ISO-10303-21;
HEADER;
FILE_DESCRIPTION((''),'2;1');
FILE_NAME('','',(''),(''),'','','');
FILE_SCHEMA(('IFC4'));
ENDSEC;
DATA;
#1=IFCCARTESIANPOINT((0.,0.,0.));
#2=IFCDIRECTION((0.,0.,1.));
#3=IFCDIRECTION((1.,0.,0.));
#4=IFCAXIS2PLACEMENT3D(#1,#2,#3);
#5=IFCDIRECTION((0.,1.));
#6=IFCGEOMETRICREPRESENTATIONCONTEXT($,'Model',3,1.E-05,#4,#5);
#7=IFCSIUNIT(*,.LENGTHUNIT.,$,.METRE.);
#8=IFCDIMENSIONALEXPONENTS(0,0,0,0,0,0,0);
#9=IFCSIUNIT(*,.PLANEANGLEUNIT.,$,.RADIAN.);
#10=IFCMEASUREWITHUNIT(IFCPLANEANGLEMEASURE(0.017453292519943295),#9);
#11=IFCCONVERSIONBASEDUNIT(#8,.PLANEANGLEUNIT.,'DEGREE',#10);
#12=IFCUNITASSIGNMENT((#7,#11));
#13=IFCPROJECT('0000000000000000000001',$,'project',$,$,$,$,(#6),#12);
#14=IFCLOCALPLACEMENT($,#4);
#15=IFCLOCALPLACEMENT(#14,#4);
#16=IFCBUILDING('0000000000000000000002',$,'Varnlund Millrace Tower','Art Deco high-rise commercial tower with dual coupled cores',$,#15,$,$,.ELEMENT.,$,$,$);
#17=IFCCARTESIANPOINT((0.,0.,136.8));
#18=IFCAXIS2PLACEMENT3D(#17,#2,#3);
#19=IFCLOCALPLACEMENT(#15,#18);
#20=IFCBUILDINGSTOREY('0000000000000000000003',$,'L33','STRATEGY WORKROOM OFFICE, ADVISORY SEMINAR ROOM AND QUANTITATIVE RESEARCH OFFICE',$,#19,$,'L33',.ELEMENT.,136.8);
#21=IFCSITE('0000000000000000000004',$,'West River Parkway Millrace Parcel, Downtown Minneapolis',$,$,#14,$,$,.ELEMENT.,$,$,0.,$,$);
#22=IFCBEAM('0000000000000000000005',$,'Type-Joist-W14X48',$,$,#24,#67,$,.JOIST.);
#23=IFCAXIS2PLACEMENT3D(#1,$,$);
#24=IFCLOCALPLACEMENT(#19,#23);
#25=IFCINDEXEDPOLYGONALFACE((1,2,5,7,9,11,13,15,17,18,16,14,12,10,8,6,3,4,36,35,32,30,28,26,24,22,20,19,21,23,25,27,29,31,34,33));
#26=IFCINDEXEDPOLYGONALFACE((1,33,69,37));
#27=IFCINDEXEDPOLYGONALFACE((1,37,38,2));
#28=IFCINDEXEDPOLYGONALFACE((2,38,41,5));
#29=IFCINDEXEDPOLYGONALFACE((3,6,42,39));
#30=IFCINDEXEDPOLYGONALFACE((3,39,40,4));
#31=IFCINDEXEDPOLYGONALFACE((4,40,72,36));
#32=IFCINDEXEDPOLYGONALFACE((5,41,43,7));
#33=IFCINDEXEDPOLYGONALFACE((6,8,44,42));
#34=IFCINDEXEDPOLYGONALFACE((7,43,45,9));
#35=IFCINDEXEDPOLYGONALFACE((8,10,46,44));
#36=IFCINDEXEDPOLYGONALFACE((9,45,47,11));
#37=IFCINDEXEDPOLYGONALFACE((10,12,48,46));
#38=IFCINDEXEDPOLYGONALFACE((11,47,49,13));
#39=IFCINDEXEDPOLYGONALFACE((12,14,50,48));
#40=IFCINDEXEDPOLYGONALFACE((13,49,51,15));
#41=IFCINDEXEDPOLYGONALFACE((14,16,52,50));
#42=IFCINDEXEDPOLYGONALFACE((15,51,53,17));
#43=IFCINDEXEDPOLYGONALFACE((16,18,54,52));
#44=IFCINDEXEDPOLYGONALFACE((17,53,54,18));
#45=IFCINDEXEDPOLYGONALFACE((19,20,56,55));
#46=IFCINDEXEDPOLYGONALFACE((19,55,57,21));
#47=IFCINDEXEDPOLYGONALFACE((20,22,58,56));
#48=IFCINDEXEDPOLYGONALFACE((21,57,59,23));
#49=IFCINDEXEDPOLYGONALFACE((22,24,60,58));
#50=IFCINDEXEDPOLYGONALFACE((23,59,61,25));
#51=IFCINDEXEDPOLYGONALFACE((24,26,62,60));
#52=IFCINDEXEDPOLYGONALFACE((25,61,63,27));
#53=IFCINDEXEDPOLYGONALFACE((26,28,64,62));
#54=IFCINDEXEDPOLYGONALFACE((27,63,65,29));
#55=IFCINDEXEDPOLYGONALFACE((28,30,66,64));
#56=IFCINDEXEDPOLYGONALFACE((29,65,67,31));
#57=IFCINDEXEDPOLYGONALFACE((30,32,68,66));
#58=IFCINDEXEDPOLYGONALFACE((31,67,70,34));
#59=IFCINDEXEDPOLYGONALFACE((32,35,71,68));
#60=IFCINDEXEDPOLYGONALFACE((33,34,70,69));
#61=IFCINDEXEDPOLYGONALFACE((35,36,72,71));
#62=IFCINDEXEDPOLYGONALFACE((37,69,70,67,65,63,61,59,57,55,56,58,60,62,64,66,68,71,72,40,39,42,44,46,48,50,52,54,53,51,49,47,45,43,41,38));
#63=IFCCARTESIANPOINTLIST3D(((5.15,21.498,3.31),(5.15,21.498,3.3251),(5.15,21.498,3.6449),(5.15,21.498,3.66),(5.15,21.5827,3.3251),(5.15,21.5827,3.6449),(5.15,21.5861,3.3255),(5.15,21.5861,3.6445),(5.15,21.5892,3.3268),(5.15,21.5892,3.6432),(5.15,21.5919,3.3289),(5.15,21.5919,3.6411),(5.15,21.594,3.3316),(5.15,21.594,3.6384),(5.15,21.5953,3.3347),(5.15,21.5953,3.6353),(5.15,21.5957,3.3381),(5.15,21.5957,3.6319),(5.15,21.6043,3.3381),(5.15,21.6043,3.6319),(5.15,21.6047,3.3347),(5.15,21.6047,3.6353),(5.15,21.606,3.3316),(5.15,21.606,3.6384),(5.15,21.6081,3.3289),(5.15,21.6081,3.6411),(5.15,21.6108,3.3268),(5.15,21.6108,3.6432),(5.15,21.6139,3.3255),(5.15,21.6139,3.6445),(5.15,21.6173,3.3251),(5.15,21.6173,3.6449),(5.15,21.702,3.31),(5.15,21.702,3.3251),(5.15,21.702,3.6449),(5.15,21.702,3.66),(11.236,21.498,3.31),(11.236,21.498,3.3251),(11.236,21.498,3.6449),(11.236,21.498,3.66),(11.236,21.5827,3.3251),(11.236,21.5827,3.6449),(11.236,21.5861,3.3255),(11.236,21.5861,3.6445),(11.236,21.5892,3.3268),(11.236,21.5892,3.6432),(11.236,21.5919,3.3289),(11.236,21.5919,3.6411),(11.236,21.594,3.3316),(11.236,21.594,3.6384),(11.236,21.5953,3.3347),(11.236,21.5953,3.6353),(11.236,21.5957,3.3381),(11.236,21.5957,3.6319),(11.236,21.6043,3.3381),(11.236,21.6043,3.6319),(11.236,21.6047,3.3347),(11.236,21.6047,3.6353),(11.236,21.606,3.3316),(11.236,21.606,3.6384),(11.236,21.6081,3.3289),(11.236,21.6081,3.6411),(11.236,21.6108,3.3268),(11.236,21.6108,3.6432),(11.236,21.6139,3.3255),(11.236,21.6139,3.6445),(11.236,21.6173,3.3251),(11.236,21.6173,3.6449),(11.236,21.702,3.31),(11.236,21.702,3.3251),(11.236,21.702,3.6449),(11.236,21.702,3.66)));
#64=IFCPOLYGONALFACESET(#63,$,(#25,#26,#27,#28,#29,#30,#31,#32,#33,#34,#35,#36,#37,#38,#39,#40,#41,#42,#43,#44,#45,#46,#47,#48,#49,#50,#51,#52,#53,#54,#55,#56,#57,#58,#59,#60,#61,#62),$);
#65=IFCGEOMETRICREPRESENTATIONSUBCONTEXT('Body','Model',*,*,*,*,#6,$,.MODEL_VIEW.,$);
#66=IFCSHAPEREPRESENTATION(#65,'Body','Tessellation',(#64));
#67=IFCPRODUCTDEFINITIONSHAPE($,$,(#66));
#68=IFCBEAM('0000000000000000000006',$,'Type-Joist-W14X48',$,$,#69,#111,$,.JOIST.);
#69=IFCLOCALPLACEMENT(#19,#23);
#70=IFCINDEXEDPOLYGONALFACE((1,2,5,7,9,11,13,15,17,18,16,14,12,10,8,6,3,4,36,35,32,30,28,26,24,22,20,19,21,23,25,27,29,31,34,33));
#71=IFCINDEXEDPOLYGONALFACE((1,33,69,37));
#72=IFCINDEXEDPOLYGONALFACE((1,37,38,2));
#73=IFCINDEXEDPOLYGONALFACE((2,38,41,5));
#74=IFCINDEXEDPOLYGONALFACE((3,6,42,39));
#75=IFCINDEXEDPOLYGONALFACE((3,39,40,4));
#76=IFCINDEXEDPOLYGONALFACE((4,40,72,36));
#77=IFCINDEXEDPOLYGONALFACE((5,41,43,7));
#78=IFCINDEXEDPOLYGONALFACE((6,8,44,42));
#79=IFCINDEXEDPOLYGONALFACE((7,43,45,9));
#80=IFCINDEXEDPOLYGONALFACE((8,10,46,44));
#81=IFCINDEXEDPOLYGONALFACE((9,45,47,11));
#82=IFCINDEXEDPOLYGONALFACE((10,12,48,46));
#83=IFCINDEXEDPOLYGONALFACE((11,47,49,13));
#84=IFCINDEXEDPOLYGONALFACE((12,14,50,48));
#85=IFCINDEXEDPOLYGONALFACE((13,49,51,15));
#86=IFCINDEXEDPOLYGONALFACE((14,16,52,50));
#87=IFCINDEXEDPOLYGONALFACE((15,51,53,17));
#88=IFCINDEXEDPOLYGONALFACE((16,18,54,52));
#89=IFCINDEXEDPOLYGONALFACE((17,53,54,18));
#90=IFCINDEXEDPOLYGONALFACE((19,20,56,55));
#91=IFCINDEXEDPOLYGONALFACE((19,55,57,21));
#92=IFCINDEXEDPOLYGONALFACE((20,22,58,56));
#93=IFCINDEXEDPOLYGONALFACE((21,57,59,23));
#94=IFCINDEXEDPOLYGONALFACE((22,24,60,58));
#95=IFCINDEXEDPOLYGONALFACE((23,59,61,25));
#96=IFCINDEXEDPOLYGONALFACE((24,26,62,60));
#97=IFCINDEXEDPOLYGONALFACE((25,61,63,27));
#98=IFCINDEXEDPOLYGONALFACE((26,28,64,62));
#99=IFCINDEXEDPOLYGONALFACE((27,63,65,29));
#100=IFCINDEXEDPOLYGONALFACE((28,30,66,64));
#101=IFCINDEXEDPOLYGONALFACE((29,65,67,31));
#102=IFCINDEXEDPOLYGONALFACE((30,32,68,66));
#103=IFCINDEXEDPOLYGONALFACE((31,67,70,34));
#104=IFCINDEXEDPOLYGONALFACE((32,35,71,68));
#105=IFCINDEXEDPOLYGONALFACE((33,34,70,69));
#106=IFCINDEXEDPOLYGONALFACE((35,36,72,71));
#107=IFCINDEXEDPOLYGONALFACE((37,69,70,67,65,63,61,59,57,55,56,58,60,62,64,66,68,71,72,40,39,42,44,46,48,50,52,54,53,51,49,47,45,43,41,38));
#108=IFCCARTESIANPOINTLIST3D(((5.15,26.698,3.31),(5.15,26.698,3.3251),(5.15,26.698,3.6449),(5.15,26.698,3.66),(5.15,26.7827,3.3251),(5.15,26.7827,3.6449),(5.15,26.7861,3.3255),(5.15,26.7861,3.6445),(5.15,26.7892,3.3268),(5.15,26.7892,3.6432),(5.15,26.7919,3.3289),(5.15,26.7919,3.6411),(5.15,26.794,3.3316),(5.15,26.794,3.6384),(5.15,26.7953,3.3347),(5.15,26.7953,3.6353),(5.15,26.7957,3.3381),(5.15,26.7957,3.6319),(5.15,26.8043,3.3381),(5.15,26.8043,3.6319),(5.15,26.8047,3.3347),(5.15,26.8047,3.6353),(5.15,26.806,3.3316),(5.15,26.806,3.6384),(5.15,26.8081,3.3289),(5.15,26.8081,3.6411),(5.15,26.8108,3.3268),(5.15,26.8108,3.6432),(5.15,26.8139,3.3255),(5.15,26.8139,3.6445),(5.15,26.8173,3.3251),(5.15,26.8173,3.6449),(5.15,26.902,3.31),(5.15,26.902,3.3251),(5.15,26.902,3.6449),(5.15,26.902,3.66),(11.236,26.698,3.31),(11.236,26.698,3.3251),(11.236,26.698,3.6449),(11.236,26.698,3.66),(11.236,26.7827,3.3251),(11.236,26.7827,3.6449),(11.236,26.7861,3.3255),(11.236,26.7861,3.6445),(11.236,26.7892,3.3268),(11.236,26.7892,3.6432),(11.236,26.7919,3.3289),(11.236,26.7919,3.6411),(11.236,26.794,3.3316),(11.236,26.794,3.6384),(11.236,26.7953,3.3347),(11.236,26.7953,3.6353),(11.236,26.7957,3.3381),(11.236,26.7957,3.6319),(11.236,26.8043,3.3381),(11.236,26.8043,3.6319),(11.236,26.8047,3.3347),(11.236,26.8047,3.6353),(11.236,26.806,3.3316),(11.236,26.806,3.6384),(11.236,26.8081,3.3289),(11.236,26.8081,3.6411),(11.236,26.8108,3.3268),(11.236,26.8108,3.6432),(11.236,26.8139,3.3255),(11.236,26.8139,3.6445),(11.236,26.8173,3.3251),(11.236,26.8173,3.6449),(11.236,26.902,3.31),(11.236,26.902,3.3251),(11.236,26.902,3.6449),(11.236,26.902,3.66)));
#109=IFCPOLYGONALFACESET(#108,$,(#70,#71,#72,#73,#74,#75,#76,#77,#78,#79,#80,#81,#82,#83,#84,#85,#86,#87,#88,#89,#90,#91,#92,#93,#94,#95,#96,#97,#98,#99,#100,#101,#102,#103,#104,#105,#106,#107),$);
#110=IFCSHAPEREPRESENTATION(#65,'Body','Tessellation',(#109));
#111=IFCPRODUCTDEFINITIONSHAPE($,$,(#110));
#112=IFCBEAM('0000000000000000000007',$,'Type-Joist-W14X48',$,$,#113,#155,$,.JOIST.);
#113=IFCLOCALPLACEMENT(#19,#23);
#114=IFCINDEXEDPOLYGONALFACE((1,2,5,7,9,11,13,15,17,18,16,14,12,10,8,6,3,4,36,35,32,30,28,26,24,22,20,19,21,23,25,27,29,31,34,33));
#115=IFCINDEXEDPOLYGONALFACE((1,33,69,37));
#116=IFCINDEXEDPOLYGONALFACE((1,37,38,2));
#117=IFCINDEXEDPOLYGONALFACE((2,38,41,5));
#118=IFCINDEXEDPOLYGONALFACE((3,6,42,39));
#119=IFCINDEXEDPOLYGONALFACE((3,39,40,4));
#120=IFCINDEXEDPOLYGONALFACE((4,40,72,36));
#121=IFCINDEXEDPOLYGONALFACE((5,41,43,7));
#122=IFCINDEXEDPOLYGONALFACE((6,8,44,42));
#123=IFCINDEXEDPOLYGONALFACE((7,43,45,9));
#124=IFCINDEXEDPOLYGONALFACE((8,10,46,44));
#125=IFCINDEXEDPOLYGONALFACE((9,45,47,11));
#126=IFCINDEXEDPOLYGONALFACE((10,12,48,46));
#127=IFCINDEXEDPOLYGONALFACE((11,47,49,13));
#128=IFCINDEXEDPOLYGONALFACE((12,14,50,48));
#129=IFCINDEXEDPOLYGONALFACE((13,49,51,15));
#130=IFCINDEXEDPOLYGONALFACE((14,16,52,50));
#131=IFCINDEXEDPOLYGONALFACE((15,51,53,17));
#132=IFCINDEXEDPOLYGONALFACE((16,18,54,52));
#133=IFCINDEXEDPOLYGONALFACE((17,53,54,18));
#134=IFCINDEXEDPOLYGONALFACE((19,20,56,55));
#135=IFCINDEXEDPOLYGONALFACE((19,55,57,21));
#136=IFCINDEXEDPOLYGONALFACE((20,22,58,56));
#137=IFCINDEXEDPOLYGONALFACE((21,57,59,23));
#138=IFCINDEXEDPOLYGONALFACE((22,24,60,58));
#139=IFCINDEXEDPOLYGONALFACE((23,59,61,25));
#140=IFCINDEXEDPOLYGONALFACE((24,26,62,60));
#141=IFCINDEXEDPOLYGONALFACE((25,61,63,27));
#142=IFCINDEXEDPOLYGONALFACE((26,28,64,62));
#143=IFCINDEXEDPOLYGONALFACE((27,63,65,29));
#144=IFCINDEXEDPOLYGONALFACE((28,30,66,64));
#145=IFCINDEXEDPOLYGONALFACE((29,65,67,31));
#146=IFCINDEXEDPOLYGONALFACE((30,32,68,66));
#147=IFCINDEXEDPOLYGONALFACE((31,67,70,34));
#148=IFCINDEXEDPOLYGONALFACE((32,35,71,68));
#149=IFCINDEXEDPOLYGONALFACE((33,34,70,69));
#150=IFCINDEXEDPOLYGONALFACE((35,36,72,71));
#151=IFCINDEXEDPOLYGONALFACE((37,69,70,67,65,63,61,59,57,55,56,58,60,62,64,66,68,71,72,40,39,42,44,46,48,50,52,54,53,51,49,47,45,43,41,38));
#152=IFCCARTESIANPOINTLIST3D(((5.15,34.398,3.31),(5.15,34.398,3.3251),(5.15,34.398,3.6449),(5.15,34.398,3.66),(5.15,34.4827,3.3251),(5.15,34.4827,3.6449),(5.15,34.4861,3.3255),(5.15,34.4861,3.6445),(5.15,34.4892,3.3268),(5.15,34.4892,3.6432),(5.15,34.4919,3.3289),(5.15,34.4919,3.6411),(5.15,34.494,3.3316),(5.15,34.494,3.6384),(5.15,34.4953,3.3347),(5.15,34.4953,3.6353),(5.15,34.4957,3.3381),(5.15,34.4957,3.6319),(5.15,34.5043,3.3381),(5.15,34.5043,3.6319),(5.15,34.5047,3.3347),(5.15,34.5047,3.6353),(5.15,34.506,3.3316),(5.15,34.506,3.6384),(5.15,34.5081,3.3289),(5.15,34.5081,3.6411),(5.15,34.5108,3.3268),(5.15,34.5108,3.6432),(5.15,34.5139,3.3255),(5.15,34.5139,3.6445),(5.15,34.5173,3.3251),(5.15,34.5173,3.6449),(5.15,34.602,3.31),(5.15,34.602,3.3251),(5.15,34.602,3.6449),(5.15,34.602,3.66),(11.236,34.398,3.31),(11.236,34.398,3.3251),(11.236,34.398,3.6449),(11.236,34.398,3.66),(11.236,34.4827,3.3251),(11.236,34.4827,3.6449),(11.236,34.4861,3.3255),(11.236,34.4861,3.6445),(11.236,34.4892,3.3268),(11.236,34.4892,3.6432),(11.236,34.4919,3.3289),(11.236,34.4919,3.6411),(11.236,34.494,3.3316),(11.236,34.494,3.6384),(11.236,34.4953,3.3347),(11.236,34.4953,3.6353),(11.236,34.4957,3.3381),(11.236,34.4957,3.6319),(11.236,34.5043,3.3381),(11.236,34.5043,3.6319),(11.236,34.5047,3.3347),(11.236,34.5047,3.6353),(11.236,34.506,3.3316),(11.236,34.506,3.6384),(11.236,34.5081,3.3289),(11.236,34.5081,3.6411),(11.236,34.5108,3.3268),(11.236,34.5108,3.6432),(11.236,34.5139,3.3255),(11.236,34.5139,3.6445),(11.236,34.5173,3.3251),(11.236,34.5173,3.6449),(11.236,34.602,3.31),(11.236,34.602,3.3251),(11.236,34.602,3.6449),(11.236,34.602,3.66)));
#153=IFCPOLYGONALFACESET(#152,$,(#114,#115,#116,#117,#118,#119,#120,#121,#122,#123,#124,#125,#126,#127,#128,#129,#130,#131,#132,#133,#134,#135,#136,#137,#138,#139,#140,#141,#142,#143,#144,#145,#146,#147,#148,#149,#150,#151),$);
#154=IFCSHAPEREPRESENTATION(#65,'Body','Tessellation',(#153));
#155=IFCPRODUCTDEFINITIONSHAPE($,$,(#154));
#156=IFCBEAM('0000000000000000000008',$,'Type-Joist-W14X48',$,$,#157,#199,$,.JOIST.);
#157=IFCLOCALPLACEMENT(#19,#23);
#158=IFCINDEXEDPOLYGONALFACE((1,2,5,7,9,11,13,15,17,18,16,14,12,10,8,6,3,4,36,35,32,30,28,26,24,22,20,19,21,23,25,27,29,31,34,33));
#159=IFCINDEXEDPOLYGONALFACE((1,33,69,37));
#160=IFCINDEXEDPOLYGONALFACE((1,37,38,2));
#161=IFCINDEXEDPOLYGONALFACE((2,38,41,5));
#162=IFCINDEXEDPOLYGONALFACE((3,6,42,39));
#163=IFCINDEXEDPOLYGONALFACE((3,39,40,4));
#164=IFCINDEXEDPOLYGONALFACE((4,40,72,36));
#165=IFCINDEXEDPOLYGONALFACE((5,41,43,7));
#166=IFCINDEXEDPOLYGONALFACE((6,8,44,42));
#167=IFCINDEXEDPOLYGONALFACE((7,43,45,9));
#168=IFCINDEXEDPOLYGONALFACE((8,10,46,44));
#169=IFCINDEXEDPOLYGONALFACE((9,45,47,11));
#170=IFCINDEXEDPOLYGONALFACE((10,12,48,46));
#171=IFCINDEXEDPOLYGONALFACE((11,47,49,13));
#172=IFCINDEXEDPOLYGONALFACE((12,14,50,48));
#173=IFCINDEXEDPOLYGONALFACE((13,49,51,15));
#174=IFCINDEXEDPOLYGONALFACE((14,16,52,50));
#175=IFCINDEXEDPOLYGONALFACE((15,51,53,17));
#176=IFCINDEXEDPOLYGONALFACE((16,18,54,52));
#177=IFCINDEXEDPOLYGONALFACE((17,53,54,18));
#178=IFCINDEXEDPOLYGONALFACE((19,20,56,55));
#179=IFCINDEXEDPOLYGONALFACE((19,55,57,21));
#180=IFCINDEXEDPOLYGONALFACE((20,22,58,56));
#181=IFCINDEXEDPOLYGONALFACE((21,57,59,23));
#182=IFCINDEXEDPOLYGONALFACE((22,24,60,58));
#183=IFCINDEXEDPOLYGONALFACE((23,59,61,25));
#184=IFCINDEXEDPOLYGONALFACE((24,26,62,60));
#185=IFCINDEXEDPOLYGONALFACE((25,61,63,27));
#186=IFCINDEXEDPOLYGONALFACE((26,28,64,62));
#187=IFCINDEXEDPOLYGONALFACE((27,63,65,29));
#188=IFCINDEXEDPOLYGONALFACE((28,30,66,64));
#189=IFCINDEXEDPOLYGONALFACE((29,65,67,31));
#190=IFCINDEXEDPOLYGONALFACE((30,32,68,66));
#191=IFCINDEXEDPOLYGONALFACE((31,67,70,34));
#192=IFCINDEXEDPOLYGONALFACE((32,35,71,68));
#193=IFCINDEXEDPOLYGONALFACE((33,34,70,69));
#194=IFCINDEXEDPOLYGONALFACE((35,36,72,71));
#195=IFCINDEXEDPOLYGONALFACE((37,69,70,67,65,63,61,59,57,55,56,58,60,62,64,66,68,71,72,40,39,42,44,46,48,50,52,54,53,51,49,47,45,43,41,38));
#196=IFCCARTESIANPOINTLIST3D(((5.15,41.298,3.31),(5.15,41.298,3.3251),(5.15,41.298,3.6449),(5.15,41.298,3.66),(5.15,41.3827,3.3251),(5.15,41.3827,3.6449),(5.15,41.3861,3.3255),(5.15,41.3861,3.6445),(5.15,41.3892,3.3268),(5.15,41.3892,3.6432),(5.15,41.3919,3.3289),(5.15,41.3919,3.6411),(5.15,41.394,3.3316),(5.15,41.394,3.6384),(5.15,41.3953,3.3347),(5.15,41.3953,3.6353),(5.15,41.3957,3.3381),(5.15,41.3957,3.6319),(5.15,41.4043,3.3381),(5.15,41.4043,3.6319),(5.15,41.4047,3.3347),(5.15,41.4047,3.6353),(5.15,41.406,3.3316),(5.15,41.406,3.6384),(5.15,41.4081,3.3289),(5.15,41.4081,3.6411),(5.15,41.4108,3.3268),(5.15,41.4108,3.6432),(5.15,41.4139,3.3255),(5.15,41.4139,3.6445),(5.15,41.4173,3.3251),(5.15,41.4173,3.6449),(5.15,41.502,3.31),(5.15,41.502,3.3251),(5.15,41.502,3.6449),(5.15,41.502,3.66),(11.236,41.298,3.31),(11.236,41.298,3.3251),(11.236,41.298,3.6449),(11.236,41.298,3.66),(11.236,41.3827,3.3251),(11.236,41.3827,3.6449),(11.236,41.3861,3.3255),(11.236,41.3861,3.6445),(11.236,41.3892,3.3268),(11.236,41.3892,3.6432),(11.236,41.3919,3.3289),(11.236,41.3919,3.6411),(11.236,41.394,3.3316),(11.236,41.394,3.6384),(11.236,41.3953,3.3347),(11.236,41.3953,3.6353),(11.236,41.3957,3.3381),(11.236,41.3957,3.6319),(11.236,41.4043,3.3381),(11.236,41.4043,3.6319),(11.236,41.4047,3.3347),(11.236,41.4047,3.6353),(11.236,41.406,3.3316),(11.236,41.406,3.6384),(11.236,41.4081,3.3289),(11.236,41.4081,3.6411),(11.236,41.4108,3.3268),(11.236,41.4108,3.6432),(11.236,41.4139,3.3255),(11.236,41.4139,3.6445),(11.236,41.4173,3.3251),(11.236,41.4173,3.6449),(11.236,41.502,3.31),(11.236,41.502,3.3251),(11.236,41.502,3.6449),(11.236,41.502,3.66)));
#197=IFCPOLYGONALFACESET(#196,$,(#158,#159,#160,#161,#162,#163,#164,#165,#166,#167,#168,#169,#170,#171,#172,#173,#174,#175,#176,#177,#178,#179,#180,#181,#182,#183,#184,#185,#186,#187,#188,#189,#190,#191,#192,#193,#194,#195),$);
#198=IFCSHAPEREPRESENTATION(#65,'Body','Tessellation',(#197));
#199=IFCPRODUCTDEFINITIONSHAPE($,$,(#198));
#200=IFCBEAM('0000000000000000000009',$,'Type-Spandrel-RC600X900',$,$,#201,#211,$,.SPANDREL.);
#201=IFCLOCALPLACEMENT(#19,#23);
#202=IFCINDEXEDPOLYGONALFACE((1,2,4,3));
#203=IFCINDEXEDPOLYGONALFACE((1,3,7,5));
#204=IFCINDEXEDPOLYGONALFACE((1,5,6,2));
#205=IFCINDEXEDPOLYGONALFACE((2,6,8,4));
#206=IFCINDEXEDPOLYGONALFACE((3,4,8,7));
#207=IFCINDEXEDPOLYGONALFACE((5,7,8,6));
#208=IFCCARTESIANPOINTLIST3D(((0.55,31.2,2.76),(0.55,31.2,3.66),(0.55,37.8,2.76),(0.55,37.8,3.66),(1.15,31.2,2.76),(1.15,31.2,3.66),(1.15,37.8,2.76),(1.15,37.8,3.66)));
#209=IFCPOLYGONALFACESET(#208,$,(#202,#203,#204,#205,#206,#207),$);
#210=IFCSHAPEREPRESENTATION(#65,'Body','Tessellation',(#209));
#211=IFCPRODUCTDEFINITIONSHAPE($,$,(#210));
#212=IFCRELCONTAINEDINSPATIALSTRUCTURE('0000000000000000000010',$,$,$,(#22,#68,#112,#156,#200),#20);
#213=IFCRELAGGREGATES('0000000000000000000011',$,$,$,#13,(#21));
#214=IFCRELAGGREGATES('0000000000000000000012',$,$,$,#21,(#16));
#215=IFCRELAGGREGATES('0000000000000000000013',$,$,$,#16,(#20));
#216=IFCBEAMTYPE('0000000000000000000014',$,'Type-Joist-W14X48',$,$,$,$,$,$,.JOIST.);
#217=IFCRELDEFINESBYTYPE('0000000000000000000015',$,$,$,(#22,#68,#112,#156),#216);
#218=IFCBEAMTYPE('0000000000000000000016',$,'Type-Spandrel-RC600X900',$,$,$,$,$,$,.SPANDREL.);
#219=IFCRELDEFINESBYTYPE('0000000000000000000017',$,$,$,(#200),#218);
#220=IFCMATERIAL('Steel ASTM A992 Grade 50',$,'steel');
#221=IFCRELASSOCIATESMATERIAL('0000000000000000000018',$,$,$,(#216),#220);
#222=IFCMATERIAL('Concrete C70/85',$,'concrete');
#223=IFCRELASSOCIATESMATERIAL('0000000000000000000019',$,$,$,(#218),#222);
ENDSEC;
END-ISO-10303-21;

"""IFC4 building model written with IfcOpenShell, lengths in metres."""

from ifc_helpers import new_model, entity, si_unit, converted_unit, direction, frame, origin_with_axes, origin_2d_with_axis, place, context, subcontext, project, spatial, rectangle, i_section, extrude, material, material_profile, profile_set, type_object, element, save


model = new_model("IFC4")

# Units and contexts
model_context = context("Model", 3, precision=1e-05, world=origin_with_axes(), true_north=direction((0.0, 1.0)))
body_context = subcontext(model_context, "Body", "Model", "MODEL_VIEW")
ifc_project = project(units=[si_unit("LENGTHUNIT", "METRE"), converted_unit("PLANEANGLEUNIT", "DEGREE", entity("IfcPlaneAngleMeasure", 0.017453292519943295), si_unit("PLANEANGLEUNIT", "RADIAN"), dimensions=[0, 0, 0, 0, 0, 0, 0])], contexts=[model_context])

# Site, building, storey
site_placement = place(None, origin_with_axes())
site = spatial("IfcSite", under=ifc_project, at=site_placement, Name="West River Parkway Millrace Parcel, Downtown Minneapolis", CompositionType="ELEMENT", RefElevation=0.0)
building_placement = place(site_placement, origin_with_axes())
building = spatial("IfcBuilding", under=site, at=building_placement, Name="Varnlund Millrace Tower", Description="Art Deco high-rise commercial tower with dual coupled cores", CompositionType="ELEMENT")
storey_placement = place(building_placement, frame((0.0, 0.0, 136.8), z_axis=(0.0, 0.0, 1.0), x_axis=(1.0, 0.0, 0.0)))
storey = spatial("IfcBuildingStorey", under=building, at=storey_placement, Name="L33", Description="STRATEGY WORKROOM OFFICE, ADVISORY SEMINAR ROOM AND QUANTITATIVE RESEARCH OFFICE", LongName="L33", CompositionType="ELEMENT", Elevation=136.8)

# Beams
ifc_material_1 = material(Name="Steel ASTM A992 Grade 50", Category="steel")
ifc_material_profile_1 = material_profile(ifc_material_1, i_section(OverallWidth=0.204, OverallDepth=0.35, WebThickness=0.0086, FlangeThickness=0.0151, FilletRadius=0.013, at=origin_2d_with_axis()), Name="Steel ASTM A992 Grade 50")
ifc_profile_set_1 = profile_set([ifc_material_profile_1], Name="Steel ASTM A992 Grade 50")
beam_type_1 = type_object("IfcBeamType", Name="Type-Joist-W14X48", PredefinedType="JOIST", material=ifc_profile_set_1)
for number, where, z_axis, x_axis, name in (
    (1, (5.15, 21.6, 3.485), (1.0, 0.0, 0.0), (0.0, 1.0, 0.0), "Type-Joist-W14X48"),
    (2, (5.15, 26.8, 3.485), (1.0, 0.0, 0.0), (0.0, 1.0, 0.0), "Type-Joist-W14X48"),
    (3, (5.15, 34.5, 3.485), (1.0, 0.0, 0.0), (0.0, 1.0, 0.0), "Type-Joist-W14X48"),
    (4, (5.15, 41.4, 3.485), (1.0, 0.0, 0.0), (0.0, 1.0, 0.0), "Type-Joist-W14X48"),
):
    element("IfcBeam", number, at=place(storey_placement, frame(where, z_axis=z_axis, x_axis=x_axis)), inside=storey, type_object=beam_type_1, Name=name, PredefinedType="JOIST", context=body_context, shape_type="SweptSolid", body=[
        extrude(i_section(OverallWidth=0.204, OverallDepth=0.35, WebThickness=0.0086, FlangeThickness=0.0151, FilletRadius=0.013, at=origin_2d_with_axis()), origin_with_axes(), (0.0, 0.0, 1.0), 6.086),
    ])
ifc_material_2 = material(Name="Concrete C70/85", Category="concrete")
ifc_material_profile_2 = material_profile(ifc_material_2, rectangle(XDim=0.6, YDim=0.9, at=origin_2d_with_axis()), Name="Concrete C70/85")
ifc_profile_set_2 = profile_set([ifc_material_profile_2], Name="Concrete C70/85")
beam_type_2 = type_object("IfcBeamType", Name="Type-Spandrel-RC600X900", PredefinedType="SPANDREL", material=ifc_profile_set_2)
beam_1_placement = place(storey_placement, frame((0.85, 31.2, 3.21), z_axis=(0.0, 1.0, 0.0), x_axis=(-1.0, 0.0, 0.0)))
element("IfcBeam", 5, at=beam_1_placement, inside=storey, type_object=beam_type_2, Name="Type-Spandrel-RC600X900", PredefinedType="SPANDREL", context=body_context, shape_type="SweptSolid", body=[
    extrude(rectangle(XDim=0.6, YDim=0.9, at=origin_2d_with_axis()), origin_with_axes(), (0.0, 0.0, 1.0), 6.6),
])

save(model, "model.ifc")
